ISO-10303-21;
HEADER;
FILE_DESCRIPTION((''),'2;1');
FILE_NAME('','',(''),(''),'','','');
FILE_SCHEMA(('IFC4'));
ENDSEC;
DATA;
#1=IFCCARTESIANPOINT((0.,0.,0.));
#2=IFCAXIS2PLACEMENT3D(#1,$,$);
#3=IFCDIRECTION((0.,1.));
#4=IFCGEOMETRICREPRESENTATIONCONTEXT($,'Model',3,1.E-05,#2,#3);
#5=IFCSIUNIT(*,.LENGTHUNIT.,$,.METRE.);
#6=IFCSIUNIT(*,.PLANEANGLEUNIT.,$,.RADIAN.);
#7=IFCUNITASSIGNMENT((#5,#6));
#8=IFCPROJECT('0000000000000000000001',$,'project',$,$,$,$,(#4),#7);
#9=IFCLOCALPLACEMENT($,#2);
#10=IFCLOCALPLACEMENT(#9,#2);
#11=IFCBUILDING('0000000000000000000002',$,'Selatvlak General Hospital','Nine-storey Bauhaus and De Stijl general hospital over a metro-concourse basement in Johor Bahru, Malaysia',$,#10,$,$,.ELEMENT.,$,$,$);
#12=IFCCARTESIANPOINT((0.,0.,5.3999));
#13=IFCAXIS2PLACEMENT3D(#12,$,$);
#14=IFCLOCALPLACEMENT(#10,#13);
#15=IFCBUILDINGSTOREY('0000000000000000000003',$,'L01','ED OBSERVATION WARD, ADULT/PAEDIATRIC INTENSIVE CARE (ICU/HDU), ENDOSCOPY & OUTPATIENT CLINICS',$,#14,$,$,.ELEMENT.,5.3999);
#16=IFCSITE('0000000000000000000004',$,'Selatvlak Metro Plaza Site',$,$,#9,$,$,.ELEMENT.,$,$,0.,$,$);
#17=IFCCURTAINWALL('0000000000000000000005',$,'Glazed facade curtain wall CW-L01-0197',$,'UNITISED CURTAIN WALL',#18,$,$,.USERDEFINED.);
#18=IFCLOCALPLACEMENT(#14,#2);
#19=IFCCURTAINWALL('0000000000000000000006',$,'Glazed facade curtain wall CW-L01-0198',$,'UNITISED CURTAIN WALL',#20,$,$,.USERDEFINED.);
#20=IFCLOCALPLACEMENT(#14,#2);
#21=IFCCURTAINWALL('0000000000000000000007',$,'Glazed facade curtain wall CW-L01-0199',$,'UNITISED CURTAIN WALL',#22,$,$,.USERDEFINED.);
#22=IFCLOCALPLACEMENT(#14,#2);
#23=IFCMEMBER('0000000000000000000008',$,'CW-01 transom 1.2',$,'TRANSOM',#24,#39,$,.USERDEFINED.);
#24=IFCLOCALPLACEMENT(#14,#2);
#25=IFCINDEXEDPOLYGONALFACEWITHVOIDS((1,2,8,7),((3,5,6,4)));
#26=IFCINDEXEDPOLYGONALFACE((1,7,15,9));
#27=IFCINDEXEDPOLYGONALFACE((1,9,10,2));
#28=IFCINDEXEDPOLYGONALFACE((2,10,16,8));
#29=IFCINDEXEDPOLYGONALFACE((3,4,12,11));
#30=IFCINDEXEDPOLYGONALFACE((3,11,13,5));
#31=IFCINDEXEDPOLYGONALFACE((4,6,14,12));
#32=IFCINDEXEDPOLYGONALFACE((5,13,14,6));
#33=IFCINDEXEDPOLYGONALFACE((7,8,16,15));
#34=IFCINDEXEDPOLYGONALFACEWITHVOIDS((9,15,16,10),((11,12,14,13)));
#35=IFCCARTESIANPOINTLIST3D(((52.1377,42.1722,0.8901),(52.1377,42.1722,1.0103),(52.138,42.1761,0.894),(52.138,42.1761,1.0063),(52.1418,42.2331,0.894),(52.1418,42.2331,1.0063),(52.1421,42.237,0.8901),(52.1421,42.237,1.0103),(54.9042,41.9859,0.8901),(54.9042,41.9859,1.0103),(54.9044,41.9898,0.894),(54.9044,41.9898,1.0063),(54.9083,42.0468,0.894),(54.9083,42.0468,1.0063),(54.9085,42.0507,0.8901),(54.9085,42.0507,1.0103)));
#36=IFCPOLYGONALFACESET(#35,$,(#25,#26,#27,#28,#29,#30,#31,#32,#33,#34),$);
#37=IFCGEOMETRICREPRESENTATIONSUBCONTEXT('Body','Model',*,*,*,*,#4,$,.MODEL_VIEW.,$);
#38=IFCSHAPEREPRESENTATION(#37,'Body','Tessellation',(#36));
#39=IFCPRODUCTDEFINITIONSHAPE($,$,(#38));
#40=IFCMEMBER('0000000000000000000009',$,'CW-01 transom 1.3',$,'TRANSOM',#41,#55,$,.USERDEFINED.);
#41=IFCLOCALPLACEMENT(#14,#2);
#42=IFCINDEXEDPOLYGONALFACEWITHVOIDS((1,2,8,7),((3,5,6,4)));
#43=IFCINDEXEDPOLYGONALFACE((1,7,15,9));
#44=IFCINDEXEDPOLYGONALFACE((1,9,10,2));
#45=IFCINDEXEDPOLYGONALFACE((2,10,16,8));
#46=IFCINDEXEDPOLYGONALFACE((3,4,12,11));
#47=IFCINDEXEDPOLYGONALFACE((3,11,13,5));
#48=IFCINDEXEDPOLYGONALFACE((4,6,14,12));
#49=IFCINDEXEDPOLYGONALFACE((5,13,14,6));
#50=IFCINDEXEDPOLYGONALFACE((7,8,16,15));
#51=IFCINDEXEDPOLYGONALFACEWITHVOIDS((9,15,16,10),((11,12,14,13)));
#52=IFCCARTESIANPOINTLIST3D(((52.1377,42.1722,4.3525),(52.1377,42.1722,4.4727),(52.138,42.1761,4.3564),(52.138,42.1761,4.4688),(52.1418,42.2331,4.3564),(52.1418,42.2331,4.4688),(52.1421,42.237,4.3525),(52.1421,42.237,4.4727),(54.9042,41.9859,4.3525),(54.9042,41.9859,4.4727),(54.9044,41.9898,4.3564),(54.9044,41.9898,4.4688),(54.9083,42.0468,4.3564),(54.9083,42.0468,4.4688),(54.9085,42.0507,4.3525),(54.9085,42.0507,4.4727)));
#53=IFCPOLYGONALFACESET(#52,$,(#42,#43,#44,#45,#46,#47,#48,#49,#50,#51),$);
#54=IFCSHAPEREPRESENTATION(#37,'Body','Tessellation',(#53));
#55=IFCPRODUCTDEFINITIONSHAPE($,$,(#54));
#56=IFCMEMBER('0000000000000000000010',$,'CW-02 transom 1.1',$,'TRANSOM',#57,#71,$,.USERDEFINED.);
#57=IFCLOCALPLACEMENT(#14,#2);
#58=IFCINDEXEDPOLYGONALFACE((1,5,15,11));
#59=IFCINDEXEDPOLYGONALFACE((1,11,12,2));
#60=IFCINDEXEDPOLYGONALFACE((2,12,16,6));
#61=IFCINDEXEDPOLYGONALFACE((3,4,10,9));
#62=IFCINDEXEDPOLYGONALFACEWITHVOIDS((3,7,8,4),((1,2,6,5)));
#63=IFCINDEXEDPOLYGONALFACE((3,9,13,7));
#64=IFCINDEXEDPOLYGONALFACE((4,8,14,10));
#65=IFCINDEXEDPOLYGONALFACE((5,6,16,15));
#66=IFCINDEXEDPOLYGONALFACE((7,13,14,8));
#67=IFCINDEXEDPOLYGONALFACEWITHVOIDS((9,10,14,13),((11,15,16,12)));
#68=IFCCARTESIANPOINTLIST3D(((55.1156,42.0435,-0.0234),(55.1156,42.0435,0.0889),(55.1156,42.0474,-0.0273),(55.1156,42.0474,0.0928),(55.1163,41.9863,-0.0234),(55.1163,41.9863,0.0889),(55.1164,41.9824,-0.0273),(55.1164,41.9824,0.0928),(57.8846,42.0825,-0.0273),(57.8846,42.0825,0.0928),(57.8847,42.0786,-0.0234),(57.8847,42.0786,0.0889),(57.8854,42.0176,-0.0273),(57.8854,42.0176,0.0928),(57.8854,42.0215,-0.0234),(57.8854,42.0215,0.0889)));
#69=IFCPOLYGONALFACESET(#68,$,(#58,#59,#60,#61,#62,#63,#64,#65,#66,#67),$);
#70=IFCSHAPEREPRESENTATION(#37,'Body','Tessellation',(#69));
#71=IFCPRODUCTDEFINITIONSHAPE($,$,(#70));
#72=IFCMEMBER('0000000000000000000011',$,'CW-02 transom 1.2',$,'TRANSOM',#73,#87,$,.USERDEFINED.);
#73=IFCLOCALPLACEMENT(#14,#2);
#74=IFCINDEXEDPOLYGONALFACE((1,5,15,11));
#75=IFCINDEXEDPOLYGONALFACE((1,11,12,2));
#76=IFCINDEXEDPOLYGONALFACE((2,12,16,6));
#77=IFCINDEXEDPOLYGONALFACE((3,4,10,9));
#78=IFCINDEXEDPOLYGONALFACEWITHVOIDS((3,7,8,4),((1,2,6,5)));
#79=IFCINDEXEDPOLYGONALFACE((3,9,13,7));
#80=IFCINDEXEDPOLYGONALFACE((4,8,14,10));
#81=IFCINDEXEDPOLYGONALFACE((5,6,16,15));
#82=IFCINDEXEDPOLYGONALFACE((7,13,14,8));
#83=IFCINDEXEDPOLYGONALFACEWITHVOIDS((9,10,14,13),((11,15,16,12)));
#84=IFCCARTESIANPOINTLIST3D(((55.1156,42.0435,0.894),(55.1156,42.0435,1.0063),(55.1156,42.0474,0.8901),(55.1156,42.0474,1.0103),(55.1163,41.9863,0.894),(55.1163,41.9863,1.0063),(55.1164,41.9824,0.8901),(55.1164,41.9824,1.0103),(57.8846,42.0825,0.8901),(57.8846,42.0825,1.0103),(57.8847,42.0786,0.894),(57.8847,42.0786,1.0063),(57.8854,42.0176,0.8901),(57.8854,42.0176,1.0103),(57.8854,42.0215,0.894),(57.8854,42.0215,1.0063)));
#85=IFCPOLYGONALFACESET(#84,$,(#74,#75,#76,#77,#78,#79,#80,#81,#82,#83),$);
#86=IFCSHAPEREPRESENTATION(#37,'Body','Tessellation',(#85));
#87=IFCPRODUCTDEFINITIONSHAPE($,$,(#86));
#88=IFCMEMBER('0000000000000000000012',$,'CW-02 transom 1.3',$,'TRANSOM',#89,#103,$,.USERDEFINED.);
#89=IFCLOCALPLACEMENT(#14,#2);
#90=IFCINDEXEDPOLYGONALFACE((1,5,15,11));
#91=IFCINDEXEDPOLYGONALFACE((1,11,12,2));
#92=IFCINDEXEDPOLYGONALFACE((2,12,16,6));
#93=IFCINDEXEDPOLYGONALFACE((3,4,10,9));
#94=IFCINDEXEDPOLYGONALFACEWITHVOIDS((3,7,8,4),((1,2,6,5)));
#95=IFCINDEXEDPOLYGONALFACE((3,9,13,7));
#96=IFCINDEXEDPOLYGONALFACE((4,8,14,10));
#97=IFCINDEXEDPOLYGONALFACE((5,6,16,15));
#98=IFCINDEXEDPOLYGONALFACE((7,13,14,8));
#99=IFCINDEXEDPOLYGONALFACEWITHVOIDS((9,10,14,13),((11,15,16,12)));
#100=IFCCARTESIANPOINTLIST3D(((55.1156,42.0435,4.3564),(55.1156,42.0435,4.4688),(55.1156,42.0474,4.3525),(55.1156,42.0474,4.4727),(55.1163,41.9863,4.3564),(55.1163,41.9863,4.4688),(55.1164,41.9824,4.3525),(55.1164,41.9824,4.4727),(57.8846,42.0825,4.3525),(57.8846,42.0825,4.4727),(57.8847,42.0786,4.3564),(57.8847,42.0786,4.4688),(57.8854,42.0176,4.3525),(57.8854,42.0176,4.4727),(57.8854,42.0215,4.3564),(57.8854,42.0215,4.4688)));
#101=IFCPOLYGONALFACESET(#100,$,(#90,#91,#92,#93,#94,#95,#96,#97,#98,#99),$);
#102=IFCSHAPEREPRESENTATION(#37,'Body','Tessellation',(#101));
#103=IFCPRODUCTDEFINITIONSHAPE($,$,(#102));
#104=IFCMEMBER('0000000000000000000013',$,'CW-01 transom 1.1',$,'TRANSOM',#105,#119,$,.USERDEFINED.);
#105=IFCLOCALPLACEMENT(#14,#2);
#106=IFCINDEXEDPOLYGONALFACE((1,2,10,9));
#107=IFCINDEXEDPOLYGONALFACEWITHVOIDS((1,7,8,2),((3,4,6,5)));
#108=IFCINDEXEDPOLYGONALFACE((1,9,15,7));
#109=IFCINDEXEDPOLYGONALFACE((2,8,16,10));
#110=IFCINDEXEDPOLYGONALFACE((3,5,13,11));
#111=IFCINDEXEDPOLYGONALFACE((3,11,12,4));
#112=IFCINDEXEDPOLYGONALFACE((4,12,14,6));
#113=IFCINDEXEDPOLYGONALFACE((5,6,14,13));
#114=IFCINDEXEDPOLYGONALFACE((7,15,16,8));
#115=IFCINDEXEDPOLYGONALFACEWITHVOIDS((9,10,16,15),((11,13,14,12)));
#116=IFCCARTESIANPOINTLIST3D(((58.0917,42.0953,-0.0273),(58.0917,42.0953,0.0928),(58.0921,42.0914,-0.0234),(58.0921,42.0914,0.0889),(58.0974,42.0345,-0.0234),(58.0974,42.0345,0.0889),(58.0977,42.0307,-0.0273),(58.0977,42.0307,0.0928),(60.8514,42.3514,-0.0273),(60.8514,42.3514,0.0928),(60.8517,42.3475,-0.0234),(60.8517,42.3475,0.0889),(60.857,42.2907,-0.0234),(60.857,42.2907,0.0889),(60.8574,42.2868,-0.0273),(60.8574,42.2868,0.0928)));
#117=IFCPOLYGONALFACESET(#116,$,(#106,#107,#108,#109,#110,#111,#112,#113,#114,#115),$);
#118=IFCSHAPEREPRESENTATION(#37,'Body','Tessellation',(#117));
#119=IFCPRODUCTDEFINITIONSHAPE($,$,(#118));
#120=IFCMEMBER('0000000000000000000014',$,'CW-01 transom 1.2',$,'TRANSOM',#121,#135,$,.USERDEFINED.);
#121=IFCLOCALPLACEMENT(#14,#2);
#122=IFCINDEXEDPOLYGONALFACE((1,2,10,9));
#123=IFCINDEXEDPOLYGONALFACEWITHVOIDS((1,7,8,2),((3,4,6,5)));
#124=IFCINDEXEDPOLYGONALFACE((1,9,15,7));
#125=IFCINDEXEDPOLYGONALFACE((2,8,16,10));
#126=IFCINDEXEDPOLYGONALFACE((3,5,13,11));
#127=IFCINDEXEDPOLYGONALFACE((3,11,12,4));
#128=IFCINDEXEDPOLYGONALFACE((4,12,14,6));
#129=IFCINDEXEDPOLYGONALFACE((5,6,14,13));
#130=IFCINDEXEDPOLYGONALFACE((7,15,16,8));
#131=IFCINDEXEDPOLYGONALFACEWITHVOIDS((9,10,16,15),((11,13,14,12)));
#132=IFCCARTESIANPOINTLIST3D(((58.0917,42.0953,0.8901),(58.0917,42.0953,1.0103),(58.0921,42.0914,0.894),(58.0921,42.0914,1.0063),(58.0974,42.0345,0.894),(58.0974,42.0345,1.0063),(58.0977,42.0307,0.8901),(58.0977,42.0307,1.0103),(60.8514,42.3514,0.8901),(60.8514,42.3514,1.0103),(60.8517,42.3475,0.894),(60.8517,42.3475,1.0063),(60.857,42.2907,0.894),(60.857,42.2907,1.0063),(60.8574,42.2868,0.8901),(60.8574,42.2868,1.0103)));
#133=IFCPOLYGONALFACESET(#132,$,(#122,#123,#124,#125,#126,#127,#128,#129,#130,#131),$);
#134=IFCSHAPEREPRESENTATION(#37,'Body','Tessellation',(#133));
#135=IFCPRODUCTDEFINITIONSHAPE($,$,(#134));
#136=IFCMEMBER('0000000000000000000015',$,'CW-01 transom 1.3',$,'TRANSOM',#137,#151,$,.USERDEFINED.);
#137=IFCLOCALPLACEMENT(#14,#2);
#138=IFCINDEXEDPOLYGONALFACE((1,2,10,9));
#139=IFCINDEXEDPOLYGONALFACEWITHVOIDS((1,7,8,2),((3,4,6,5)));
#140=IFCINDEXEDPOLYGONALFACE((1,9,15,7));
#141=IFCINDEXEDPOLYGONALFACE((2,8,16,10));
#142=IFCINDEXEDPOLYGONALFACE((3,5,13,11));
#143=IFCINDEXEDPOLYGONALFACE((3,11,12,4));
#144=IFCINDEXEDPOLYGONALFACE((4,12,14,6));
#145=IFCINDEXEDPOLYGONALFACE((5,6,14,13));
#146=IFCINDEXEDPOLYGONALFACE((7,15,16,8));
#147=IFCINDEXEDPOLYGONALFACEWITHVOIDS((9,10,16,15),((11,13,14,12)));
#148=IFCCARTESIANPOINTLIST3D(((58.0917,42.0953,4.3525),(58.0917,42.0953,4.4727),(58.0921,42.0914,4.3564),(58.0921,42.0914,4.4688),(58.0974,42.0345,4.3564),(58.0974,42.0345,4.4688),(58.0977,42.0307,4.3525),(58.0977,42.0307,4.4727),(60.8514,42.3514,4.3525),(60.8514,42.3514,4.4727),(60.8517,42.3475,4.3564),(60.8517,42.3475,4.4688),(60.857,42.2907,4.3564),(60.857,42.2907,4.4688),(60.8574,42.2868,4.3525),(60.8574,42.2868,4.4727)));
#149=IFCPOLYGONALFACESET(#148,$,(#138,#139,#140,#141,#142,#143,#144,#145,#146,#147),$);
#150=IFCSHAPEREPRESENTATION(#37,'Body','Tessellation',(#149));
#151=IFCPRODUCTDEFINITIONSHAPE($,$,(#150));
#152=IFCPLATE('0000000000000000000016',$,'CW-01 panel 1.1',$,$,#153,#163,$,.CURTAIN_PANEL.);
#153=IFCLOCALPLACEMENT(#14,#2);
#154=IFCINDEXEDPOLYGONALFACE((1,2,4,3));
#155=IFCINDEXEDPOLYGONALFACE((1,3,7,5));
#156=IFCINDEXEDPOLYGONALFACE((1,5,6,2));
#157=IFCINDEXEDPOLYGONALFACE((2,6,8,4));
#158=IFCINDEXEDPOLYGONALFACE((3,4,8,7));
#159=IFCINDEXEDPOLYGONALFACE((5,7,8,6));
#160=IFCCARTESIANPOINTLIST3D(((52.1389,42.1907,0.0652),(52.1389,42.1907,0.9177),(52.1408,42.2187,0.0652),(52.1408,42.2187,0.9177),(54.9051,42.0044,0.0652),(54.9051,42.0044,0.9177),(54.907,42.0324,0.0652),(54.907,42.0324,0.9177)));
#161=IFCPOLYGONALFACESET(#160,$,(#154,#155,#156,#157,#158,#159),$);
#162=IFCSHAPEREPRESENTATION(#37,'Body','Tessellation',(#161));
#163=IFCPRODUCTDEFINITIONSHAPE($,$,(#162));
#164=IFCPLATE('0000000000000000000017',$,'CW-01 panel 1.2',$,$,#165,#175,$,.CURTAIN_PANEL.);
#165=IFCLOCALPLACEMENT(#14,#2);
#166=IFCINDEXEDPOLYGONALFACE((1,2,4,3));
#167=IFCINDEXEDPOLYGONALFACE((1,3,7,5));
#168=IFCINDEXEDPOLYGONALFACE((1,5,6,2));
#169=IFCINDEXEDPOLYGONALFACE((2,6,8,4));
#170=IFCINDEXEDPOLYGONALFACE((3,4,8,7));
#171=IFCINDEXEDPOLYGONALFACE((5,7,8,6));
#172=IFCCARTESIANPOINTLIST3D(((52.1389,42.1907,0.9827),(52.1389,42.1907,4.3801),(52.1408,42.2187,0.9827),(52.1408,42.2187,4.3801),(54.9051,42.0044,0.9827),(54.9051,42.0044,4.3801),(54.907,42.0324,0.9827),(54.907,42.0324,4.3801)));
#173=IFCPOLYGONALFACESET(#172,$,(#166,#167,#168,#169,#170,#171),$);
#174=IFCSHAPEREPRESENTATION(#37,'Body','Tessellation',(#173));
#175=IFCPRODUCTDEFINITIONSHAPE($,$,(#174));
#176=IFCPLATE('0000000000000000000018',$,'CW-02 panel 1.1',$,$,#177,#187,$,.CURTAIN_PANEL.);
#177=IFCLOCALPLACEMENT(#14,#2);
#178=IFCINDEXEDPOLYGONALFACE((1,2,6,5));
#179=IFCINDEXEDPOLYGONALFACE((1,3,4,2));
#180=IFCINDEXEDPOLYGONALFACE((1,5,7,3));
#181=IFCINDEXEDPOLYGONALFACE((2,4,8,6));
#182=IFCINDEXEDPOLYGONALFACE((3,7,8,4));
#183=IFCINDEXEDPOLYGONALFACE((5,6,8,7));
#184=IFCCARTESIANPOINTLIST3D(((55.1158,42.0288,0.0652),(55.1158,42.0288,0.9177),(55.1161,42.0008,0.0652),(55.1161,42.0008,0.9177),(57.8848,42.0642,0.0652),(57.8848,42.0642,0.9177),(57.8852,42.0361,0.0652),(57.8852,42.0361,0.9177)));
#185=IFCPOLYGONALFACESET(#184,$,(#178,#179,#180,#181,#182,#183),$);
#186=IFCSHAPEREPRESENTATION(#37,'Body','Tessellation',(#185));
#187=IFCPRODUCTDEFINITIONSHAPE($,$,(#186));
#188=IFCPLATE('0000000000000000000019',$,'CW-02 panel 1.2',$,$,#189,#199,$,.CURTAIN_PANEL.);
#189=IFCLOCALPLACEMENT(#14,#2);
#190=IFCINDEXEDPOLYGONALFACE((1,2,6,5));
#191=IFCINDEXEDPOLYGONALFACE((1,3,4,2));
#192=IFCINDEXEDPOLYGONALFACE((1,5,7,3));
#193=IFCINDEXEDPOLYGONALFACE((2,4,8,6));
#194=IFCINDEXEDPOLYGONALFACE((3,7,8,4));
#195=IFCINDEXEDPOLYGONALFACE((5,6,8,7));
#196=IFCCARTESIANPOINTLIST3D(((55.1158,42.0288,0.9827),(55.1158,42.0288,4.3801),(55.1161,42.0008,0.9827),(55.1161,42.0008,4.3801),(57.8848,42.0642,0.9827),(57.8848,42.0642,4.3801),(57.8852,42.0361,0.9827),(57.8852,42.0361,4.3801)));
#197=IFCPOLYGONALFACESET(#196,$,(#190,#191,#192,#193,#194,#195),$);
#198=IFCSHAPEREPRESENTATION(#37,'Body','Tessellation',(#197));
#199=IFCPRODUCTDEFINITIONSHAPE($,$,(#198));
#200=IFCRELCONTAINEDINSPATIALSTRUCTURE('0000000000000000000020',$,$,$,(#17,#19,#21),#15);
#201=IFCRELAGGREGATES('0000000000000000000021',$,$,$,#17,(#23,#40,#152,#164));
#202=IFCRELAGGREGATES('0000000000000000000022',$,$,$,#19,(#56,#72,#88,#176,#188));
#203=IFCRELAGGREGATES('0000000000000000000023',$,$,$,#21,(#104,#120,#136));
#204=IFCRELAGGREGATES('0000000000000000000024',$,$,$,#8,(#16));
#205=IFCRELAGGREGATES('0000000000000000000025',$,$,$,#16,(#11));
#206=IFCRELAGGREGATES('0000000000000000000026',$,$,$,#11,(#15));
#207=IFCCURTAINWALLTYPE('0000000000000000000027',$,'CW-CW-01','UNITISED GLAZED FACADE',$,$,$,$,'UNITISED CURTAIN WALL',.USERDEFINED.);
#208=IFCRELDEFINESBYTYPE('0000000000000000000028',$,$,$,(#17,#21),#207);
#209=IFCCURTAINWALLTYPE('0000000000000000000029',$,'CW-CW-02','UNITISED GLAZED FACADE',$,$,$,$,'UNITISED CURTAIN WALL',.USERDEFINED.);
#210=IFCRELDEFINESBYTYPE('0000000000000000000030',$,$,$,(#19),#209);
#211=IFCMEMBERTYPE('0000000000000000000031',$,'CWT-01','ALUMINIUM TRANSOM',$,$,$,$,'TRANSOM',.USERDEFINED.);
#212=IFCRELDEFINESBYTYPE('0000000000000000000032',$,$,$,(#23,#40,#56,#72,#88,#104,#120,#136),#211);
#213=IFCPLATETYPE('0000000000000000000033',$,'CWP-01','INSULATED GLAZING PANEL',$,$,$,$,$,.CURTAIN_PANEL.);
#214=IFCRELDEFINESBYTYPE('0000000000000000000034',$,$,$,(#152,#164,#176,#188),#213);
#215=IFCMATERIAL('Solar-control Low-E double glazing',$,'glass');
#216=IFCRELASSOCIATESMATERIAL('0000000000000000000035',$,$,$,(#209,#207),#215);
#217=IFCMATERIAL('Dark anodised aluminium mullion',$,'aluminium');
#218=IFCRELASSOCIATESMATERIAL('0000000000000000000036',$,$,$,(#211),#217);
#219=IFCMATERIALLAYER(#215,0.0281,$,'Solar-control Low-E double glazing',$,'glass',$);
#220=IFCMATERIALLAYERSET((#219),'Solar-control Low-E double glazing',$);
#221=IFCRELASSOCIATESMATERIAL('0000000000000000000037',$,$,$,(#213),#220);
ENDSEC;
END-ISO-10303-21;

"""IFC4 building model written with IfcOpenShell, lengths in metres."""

from ifc_helpers import new_model, si_unit, direction, frame, origin, origin_2d, place, context, subcontext, project, spatial, rectangle, hollow_rectangle, extrude, material, layer, layer_set, material_profile, profile_set, type_object, element, aggregate, save


model = new_model("IFC4")

# Units and contexts
model_context = context("Model", 3, precision=1e-05, world=origin(), true_north=direction((0.0, 1.0)))
body_context = subcontext(model_context, "Body", "Model", "MODEL_VIEW")
ifc_project = project(units=[si_unit("LENGTHUNIT", "METRE"), si_unit("PLANEANGLEUNIT", "RADIAN")], contexts=[model_context])

# Site, building, storey
site_placement = place(None, origin())
site = spatial("IfcSite", under=ifc_project, at=site_placement, Name="Selatvlak Metro Plaza Site", CompositionType="ELEMENT", RefElevation=0.0)
building_placement = place(site_placement, origin())
building = spatial("IfcBuilding", under=site, at=building_placement, Name="Selatvlak General Hospital", Description="Nine-storey Bauhaus and De Stijl general hospital over a metro-concourse basement in Johor Bahru, Malaysia", CompositionType="ELEMENT")
storey_placement = place(building_placement, frame((0.0, 0.0, 5.3999)))
storey = spatial("IfcBuildingStorey", under=building, at=storey_placement, Name="L01", Description="ED OBSERVATION WARD, ADULT/PAEDIATRIC INTENSIVE CARE (ICU/HDU), ENDOSCOPY & OUTPATIENT CLINICS", CompositionType="ELEMENT", Elevation=5.3999)

# Shared definitions
ifc_material_1 = material(Name="Solar-control Low-E double glazing", Category="glass")
curtain_wall_type_1 = type_object("IfcCurtainWallType", Name="CW-CW-02", Description="UNITISED GLAZED FACADE", ElementType="UNITISED CURTAIN WALL", PredefinedType="USERDEFINED", material=ifc_material_1)
ifc_material_2 = material(Name="Dark anodised aluminium mullion", Category="aluminium")

# Curtain walls
curtain_wall_type_2 = type_object("IfcCurtainWallType", Name="CW-CW-01", Description="UNITISED GLAZED FACADE", ElementType="UNITISED CURTAIN WALL", PredefinedType="USERDEFINED", material=ifc_material_1)
curtain_wall_1_placement = place(storey_placement, origin())
curtain_wall_1 = element("IfcCurtainWall", 1, at=curtain_wall_1_placement, inside=storey, type_object=curtain_wall_type_2, Name="Glazed facade curtain wall CW-L01-0197", ObjectType="UNITISED CURTAIN WALL", PredefinedType="USERDEFINED")
curtain_wall_2_placement = place(storey_placement, origin())
curtain_wall_2 = element("IfcCurtainWall", 2, at=curtain_wall_2_placement, inside=storey, type_object=curtain_wall_type_1, Name="Glazed facade curtain wall CW-L01-0198", ObjectType="UNITISED CURTAIN WALL", PredefinedType="USERDEFINED")
curtain_wall_3_placement = place(storey_placement, origin())
curtain_wall_3 = element("IfcCurtainWall", 3, at=curtain_wall_3_placement, inside=storey, type_object=curtain_wall_type_2, Name="Glazed facade curtain wall CW-L01-0199", ObjectType="UNITISED CURTAIN WALL", PredefinedType="USERDEFINED")

# Members
ifc_material_profile_1 = material_profile(ifc_material_2, hollow_rectangle(XDim=0.0649, YDim=0.1201, WallThickness=0.0039, at=origin_2d()), Name="AL-TRN 65x120x4")
ifc_profile_set_1 = profile_set([ifc_material_profile_1], Name="Dark anodised aluminium mullion")
member_type_1 = type_object("IfcMemberType", Name="CWT-01", Description="ALUMINIUM TRANSOM", ElementType="TRANSOM", PredefinedType="USERDEFINED", material=ifc_profile_set_1)
member_1_placement = place(storey_placement, frame((52.1399, 42.2046, 0.9502), z_axis=(0.997741, -0.067185, 0.0), x_axis=(0.067185, 0.997741, 0.0)))
member_1 = element("IfcMember", 4, at=member_1_placement, type_object=member_type_1, Name="CW-01 transom 1.2", ObjectType="TRANSOM", PredefinedType="USERDEFINED", context=body_context, shape_type="SweptSolid", body=[
    extrude(hollow_rectangle(XDim=0.0649, YDim=0.1201, WallThickness=0.0039, at=origin_2d()), origin(), (0.0, 0.0, 1.0), 2.7727),
])
member_2_placement = place(storey_placement, frame((52.1399, 42.2046, 4.4126), z_axis=(0.997741, -0.067185, 0.0), x_axis=(0.067185, 0.997741, 0.0)))
member_2 = element("IfcMember", 5, at=member_2_placement, type_object=member_type_1, Name="CW-01 transom 1.3", ObjectType="TRANSOM", PredefinedType="USERDEFINED", context=body_context, shape_type="SweptSolid", body=[
    extrude(hollow_rectangle(XDim=0.0649, YDim=0.1201, WallThickness=0.0039, at=origin_2d()), origin(), (0.0, 0.0, 1.0), 2.7727),
])
member_3_placement = place(storey_placement, frame((55.116, 42.0149, 0.0327), z_axis=(0.999919, 0.012695, 0.0), x_axis=(-0.012695, 0.999919, 0.0)))
member_3 = element("IfcMember", 6, at=member_3_placement, type_object=member_type_1, Name="CW-02 transom 1.1", ObjectType="TRANSOM", PredefinedType="USERDEFINED", context=body_context, shape_type="SweptSolid", body=[
    extrude(hollow_rectangle(XDim=0.0649, YDim=0.1201, WallThickness=0.0039, at=origin_2d()), origin(), (0.0, 0.0, 1.0), 2.7693),
])
member_4_placement = place(storey_placement, frame((55.116, 42.0149, 0.9502), z_axis=(0.999919, 0.012695, 0.0), x_axis=(-0.012695, 0.999919, 0.0)))
member_4 = element("IfcMember", 7, at=member_4_placement, type_object=member_type_1, Name="CW-02 transom 1.2", ObjectType="TRANSOM", PredefinedType="USERDEFINED", context=body_context, shape_type="SweptSolid", body=[
    extrude(hollow_rectangle(XDim=0.0649, YDim=0.1201, WallThickness=0.0039, at=origin_2d()), origin(), (0.0, 0.0, 1.0), 2.7693),
])
member_5_placement = place(storey_placement, frame((55.116, 42.0149, 4.4126), z_axis=(0.999919, 0.012695, 0.0), x_axis=(-0.012695, 0.999919, 0.0)))
member_5 = element("IfcMember", 8, at=member_5_placement, type_object=member_type_1, Name="CW-02 transom 1.3", ObjectType="TRANSOM", PredefinedType="USERDEFINED", context=body_context, shape_type="SweptSolid", body=[
    extrude(hollow_rectangle(XDim=0.0649, YDim=0.1201, WallThickness=0.0039, at=origin_2d()), origin(), (0.0, 0.0, 1.0), 2.7693),
])
member_6_placement = place(storey_placement, frame((58.0947, 42.063, 0.0327), z_axis=(0.995721, 0.09241, 0.0), x_axis=(-0.09241, 0.995721, 0.0)))
member_6 = element("IfcMember", 9, at=member_6_placement, type_object=member_type_1, Name="CW-01 transom 1.1", ObjectType="TRANSOM", PredefinedType="USERDEFINED", context=body_context, shape_type="SweptSolid", body=[
    extrude(hollow_rectangle(XDim=0.0649, YDim=0.1201, WallThickness=0.0039, at=origin_2d()), origin(), (0.0, 0.0, 1.0), 2.7715),
])
member_7_placement = place(storey_placement, frame((58.0947, 42.063, 0.9502), z_axis=(0.995721, 0.09241, 0.0), x_axis=(-0.09241, 0.995721, 0.0)))
member_7 = element("IfcMember", 10, at=member_7_placement, type_object=member_type_1, Name="CW-01 transom 1.2", ObjectType="TRANSOM", PredefinedType="USERDEFINED", context=body_context, shape_type="SweptSolid", body=[
    extrude(hollow_rectangle(XDim=0.0649, YDim=0.1201, WallThickness=0.0039, at=origin_2d()), origin(), (0.0, 0.0, 1.0), 2.7715),
])
member_8_placement = place(storey_placement, frame((58.0947, 42.063, 4.4126), z_axis=(0.995721, 0.09241, 0.0), x_axis=(-0.09241, 0.995721, 0.0)))
member_8 = element("IfcMember", 11, at=member_8_placement, type_object=member_type_1, Name="CW-01 transom 1.3", ObjectType="TRANSOM", PredefinedType="USERDEFINED", context=body_context, shape_type="SweptSolid", body=[
    extrude(hollow_rectangle(XDim=0.0649, YDim=0.1201, WallThickness=0.0039, at=origin_2d()), origin(), (0.0, 0.0, 1.0), 2.7715),
])

# Plates
ifc_layer_1 = layer(ifc_material_1, 0.0281, Name="Solar-control Low-E double glazing", Category="glass")
ifc_layer_set_1 = layer_set([ifc_layer_1], Name="Solar-control Low-E double glazing")
plate_type = type_object("IfcPlateType", Name="CWP-01", Description="INSULATED GLAZING PANEL", PredefinedType="CURTAIN_PANEL", material=ifc_layer_set_1)
plate_1_placement = place(storey_placement, frame((53.5229, 42.1116, 0.0652), z_axis=(0.0, 0.0, 1.0), x_axis=(0.997741, -0.067182, 0.0)))
plate_1 = element("IfcPlate", 12, at=plate_1_placement, type_object=plate_type, Name="CW-01 panel 1.1", PredefinedType="CURTAIN_PANEL", context=body_context, shape_type="SweptSolid", body=[
    extrude(rectangle(XDim=2.7725, YDim=0.0281, at=origin_2d()), origin(), (0.0, 0.0, 1.0), 0.8525),
])
plate_2_placement = place(storey_placement, frame((53.5229, 42.1116, 0.9827), z_axis=(0.0, 0.0, 1.0), x_axis=(0.997741, -0.067182, 0.0)))
plate_2 = element("IfcPlate", 13, at=plate_2_placement, type_object=plate_type, Name="CW-01 panel 1.2", PredefinedType="CURTAIN_PANEL", context=body_context, shape_type="SweptSolid", body=[
    extrude(rectangle(XDim=2.7725, YDim=0.0281, at=origin_2d()), origin(), (0.0, 0.0, 1.0), 3.3975),
])
aggregate(curtain_wall_1, [member_1, member_2, plate_1, plate_2])
plate_3_placement = place(storey_placement, frame((56.5005, 42.0325, 0.0652), z_axis=(0.0, 0.0, 1.0), x_axis=(0.999919, 0.012762, 0.0)))
plate_3 = element("IfcPlate", 14, at=plate_3_placement, type_object=plate_type, Name="CW-02 panel 1.1", PredefinedType="CURTAIN_PANEL", context=body_context, shape_type="SweptSolid", body=[
    extrude(rectangle(XDim=2.7693, YDim=0.0281, at=origin_2d()), origin(), (0.0, 0.0, 1.0), 0.8525),
])
plate_4_placement = place(storey_placement, frame((56.5005, 42.0325, 0.9827), z_axis=(0.0, 0.0, 1.0), x_axis=(0.999919, 0.012762, 0.0)))
plate_4 = element("IfcPlate", 15, at=plate_4_placement, type_object=plate_type, Name="CW-02 panel 1.2", PredefinedType="CURTAIN_PANEL", context=body_context, shape_type="SweptSolid", body=[
    extrude(rectangle(XDim=2.7693, YDim=0.0281, at=origin_2d()), origin(), (0.0, 0.0, 1.0), 3.3975),
])
aggregate(curtain_wall_2, [member_3, member_4, member_5, plate_3, plate_4])
aggregate(curtain_wall_3, [member_6, member_7, member_8])

save(model, "model.ifc")
